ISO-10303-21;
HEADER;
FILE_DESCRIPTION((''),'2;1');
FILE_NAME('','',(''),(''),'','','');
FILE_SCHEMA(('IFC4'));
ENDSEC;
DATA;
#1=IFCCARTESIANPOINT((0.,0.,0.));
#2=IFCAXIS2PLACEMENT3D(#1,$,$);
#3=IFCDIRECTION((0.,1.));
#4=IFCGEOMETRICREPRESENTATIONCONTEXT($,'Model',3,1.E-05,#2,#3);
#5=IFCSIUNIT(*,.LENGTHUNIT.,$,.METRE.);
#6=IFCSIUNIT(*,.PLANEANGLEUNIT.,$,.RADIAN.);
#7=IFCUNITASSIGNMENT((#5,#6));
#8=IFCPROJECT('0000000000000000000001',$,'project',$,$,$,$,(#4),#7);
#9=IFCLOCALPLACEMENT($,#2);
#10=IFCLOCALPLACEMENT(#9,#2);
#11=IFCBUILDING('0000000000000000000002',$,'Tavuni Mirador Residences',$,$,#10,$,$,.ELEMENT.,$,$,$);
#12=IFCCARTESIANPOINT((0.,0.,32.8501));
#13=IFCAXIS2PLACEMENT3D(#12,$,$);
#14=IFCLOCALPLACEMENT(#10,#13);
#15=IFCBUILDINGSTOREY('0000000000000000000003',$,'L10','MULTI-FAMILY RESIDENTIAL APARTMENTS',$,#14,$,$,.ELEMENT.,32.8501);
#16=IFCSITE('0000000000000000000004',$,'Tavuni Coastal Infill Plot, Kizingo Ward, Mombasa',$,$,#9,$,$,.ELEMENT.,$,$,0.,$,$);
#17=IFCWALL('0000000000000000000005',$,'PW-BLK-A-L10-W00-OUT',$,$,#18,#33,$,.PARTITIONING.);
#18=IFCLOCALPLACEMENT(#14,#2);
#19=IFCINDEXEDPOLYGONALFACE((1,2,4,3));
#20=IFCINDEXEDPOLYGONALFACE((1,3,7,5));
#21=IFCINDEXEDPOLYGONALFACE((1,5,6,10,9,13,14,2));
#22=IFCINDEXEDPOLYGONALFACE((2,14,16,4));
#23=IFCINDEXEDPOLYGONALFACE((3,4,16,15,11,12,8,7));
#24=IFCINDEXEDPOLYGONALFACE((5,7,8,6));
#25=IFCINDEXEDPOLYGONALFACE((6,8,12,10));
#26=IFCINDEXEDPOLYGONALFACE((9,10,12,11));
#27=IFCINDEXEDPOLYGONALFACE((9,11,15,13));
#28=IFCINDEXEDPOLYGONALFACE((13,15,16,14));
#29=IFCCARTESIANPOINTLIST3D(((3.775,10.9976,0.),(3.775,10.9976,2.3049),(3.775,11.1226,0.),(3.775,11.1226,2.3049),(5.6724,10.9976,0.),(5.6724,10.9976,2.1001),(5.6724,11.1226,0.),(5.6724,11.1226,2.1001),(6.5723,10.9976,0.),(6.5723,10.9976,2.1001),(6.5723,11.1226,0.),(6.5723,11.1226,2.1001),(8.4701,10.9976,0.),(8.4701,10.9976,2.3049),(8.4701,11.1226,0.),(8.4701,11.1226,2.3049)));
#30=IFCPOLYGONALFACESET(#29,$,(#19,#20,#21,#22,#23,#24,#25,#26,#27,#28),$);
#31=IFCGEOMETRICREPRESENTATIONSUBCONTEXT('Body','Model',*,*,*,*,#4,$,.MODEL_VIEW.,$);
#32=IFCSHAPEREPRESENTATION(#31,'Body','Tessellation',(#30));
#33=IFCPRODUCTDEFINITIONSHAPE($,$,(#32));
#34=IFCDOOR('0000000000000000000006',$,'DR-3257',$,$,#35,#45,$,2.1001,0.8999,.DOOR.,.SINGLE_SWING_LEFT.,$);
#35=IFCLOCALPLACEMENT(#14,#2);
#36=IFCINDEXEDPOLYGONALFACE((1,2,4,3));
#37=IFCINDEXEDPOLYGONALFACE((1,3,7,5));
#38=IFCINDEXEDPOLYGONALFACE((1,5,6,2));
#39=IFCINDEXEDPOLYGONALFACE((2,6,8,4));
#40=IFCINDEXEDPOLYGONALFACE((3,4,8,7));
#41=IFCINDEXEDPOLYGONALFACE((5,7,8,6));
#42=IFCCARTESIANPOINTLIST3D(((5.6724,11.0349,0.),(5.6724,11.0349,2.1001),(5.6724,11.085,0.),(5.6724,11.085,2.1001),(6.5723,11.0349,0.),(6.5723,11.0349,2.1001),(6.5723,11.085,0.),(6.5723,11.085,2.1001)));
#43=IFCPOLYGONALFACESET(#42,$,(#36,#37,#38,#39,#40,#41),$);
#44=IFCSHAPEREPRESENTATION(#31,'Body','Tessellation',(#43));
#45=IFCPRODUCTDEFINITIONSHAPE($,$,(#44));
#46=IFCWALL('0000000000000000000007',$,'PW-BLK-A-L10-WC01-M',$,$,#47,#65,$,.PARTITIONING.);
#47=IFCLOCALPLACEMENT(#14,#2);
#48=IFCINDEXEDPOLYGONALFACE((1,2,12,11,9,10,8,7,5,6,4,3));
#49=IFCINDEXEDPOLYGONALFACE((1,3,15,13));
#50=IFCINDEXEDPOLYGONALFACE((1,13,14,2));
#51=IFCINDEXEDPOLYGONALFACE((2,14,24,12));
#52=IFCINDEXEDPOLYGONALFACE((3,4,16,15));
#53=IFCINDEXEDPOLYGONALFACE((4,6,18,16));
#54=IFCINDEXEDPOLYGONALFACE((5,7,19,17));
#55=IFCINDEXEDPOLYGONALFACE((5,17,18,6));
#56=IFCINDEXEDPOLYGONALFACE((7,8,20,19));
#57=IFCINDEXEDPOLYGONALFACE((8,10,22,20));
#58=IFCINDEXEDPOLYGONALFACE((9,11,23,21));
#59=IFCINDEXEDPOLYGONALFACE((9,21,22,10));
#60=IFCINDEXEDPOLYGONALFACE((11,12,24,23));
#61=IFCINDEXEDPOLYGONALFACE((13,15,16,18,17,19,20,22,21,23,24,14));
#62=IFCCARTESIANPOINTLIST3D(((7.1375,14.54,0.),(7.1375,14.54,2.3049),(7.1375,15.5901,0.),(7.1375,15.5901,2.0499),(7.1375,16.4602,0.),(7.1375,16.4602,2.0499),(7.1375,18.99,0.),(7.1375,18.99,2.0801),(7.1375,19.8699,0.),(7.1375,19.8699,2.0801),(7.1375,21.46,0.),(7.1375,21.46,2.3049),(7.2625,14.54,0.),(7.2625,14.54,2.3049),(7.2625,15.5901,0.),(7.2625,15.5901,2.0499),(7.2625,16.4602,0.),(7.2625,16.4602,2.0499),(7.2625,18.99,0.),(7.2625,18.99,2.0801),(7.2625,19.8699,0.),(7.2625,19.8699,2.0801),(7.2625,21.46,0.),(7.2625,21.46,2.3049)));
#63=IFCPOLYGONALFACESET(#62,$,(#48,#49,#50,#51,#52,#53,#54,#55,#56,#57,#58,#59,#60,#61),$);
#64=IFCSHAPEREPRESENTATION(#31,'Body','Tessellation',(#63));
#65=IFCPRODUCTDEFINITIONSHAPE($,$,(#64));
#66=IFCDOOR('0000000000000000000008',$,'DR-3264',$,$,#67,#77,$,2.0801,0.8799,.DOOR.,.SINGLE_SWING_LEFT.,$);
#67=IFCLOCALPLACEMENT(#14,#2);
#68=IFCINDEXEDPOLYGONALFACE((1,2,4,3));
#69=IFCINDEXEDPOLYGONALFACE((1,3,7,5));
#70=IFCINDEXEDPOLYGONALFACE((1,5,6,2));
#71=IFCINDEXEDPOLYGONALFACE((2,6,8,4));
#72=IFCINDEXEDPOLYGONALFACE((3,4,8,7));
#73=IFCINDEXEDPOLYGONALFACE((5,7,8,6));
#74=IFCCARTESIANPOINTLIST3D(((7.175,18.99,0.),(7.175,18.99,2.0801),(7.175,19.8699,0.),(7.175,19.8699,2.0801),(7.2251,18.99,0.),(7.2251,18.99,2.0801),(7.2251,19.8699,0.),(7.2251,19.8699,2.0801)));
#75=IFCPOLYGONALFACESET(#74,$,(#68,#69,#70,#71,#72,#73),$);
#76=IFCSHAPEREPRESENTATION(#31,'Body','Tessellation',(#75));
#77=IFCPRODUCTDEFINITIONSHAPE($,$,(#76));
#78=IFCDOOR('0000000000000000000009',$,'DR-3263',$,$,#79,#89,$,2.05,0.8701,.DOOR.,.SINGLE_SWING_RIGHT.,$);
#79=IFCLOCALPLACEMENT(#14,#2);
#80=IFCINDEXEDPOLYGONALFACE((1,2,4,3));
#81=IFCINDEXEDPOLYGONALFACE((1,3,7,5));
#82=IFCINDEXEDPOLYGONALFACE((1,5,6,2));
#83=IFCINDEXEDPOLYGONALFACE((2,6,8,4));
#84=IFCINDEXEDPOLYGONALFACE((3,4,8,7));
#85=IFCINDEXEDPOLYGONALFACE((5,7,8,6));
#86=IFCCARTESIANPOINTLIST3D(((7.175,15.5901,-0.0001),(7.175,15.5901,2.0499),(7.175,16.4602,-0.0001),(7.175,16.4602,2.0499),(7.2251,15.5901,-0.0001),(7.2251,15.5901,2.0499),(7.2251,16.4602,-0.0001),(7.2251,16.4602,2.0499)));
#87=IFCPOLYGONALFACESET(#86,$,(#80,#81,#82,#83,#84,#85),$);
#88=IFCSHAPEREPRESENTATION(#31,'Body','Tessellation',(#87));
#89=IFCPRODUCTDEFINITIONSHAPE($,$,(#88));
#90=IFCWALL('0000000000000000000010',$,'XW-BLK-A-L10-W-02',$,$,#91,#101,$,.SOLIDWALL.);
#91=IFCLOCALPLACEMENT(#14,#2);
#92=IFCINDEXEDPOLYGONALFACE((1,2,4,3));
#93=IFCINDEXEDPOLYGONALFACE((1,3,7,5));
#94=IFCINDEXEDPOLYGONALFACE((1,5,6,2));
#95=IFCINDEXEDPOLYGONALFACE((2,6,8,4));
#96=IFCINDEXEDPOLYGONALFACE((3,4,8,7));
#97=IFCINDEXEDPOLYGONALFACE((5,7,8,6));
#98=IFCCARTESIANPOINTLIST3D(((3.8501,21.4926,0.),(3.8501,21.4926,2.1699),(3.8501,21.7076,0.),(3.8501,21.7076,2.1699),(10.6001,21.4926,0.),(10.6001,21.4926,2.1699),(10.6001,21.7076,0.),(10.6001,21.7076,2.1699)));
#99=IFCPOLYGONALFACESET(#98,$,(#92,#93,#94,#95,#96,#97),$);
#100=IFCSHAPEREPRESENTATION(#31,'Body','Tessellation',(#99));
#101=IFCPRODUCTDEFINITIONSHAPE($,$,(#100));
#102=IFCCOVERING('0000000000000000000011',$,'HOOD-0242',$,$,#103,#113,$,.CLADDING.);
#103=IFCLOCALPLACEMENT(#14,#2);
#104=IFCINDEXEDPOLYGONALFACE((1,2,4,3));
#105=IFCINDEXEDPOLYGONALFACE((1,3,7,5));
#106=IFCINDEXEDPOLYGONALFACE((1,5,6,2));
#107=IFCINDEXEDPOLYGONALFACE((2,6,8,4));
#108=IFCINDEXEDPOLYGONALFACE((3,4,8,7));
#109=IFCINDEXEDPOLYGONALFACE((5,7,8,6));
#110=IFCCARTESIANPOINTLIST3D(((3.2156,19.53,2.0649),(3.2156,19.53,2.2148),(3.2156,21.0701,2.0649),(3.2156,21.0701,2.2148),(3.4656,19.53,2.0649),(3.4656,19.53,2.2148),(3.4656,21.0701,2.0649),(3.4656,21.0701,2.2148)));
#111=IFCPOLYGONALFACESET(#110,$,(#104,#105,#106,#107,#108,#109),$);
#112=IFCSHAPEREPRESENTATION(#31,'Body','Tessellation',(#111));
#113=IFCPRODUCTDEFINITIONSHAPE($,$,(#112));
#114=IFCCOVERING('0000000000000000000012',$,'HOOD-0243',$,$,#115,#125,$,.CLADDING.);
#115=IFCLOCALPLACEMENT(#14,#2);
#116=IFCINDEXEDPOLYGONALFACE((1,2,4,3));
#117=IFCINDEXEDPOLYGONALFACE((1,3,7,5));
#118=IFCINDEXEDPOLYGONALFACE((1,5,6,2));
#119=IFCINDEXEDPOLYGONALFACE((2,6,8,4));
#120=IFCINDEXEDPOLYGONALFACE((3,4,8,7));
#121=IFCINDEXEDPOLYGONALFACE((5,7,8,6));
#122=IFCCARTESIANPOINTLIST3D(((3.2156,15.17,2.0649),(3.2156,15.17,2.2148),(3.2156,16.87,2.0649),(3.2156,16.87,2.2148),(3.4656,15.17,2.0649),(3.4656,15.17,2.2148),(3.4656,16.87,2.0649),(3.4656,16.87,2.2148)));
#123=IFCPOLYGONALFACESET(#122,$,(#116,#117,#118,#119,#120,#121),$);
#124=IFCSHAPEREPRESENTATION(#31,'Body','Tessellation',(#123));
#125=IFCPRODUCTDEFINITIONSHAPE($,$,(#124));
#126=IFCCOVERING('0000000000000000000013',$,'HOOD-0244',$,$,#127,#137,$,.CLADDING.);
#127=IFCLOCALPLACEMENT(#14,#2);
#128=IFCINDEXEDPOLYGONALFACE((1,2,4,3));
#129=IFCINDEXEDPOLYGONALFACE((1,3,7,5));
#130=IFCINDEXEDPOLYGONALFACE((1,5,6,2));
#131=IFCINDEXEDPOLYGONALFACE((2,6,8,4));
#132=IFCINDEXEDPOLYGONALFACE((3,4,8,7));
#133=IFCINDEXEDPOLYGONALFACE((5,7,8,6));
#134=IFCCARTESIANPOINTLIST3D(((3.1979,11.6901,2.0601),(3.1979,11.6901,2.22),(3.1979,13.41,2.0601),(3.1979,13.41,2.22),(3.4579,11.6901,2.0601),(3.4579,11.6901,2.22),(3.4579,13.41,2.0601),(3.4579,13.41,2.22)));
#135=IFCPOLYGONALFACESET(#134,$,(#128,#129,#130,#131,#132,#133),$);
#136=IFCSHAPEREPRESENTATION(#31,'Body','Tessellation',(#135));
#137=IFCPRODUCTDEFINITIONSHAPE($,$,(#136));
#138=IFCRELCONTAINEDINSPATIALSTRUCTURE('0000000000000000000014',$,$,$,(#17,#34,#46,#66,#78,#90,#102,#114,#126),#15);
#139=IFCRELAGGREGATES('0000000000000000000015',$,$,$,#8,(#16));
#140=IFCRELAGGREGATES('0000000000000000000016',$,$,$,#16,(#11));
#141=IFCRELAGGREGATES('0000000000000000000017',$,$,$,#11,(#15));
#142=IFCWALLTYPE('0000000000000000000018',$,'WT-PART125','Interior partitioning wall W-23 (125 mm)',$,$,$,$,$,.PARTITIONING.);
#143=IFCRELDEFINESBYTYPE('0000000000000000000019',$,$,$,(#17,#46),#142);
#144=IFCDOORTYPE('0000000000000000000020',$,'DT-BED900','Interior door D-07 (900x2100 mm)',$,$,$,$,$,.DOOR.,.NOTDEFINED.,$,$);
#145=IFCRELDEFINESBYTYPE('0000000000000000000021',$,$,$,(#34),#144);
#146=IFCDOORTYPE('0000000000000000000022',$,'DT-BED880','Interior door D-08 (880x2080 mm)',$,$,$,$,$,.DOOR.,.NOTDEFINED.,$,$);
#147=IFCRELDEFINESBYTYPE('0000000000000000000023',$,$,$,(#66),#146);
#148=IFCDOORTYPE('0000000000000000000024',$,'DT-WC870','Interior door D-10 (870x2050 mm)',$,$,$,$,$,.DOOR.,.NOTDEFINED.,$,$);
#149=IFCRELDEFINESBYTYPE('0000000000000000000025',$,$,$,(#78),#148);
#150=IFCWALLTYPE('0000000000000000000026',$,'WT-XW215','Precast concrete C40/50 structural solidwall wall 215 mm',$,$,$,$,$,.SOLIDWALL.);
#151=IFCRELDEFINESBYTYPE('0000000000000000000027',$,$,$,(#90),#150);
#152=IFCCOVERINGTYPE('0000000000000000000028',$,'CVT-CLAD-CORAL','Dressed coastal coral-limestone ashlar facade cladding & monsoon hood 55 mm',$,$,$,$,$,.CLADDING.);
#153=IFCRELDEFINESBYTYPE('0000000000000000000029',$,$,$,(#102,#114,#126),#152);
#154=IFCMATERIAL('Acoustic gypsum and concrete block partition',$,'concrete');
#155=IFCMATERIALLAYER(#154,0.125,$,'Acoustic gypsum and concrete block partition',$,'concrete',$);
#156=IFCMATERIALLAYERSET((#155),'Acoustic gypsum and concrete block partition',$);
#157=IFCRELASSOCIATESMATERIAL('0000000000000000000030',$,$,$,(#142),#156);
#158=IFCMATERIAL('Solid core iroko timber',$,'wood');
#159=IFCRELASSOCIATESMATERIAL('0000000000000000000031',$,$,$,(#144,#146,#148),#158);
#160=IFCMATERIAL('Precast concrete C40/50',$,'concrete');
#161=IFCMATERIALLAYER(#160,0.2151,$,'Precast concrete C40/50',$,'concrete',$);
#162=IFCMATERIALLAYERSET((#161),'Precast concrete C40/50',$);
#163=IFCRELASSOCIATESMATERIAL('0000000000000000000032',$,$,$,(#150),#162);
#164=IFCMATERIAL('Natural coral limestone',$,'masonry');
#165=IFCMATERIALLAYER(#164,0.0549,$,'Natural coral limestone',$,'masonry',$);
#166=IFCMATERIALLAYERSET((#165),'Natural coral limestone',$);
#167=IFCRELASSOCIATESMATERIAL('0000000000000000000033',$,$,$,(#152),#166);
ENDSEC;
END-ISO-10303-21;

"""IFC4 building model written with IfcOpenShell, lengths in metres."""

from ifc_helpers import new_model, si_unit, direction, frame, frame_2d, origin, origin_2d, place, context, subcontext, project, spatial, rectangle, extrude, material, layer, layer_set, type_object, element, fill, save


model = new_model("IFC4")

# Units and contexts
model_context = context("Model", 3, precision=1e-05, world=origin(), true_north=direction((0.0, 1.0)))
body_context = subcontext(model_context, "Body", "Model", "MODEL_VIEW")
ifc_project = project(units=[si_unit("LENGTHUNIT", "METRE"), si_unit("PLANEANGLEUNIT", "RADIAN")], contexts=[model_context])

# Site, building, storey
site_placement = place(None, origin())
site = spatial("IfcSite", under=ifc_project, at=site_placement, Name="Tavuni Coastal Infill Plot, Kizingo Ward, Mombasa", CompositionType="ELEMENT", RefElevation=0.0)
building_placement = place(site_placement, origin())
building = spatial("IfcBuilding", under=site, at=building_placement, Name="Tavuni Mirador Residences", CompositionType="ELEMENT")
storey_placement = place(building_placement, frame((0.0, 0.0, 32.8501)))
storey = spatial("IfcBuildingStorey", under=building, at=storey_placement, Name="L10", Description="MULTI-FAMILY RESIDENTIAL APARTMENTS", CompositionType="ELEMENT", Elevation=32.8501)

# Shared definitions
ifc_material_1 = material(Name="Precast concrete C40/50", Category="concrete")

# Shared definitions
ifc_material_2 = material(Name="Acoustic gypsum and concrete block partition", Category="concrete")
ifc_material_3 = material(Name="Solid core iroko timber", Category="wood")

# Wall, opening, door
ifc_layer_1 = layer(ifc_material_2, 0.125, Name="Acoustic gypsum and concrete block partition", Category="concrete")
ifc_layer_set_1 = layer_set([ifc_layer_1], Name="Acoustic gypsum and concrete block partition")
wall_type_1 = type_object("IfcWallType", Name="WT-PART125", Description="Interior partitioning wall W-23 (125 mm)", PredefinedType="PARTITIONING", material=ifc_layer_set_1)
wall_1_placement = place(storey_placement, frame((3.7749, 11.0601, 0.0), z_axis=(0.0, 0.0, 1.0), x_axis=(1.0, 0.0, 0.0)))
wall_1 = element("IfcWall", 1, at=wall_1_placement, inside=storey, type_object=wall_type_1, Name="PW-BLK-A-L10-W00-OUT", PredefinedType="PARTITIONING", context=body_context, shape_type="SweptSolid", body=[
    extrude(rectangle(XDim=4.6951, YDim=0.125, at=frame_2d((2.3477, 0.0))), origin(), (0.0, 0.0, 1.0), 2.3049),
])
opening_1_placement = place(wall_1_placement, frame((1.8975, 0.0, 0.0)))
opening_1 = element("IfcOpeningElement", 2, at=opening_1_placement, cuts=wall_1, PredefinedType="OPENING", context=body_context, shape_type="SweptSolid", body=[
    extrude(rectangle(XDim=0.8999, YDim=2.1001, at=frame_2d((0.45, 1.05))), frame((0.0, 0.0725, 0.0), z_axis=(0.0, -1.0, 0.0), x_axis=(1.0, 0.0, 0.0)), (0.0, 0.0, 1.0), 0.145),
])
door_type_1 = type_object("IfcDoorType", Name="DT-BED900", Description="Interior door D-07 (900x2100 mm)", OperationType="NOTDEFINED", PredefinedType="DOOR", material=ifc_material_3)
door_1_placement = place(opening_1_placement, origin())
door_1 = element("IfcDoor", 3, at=door_1_placement, inside=storey, type_object=door_type_1, Name="DR-3257", OperationType="SINGLE_SWING_LEFT", OverallHeight=2.1001, OverallWidth=0.8999, PredefinedType="DOOR", context=body_context, shape_type="SweptSolid", body=[
    extrude(rectangle(XDim=0.8999, YDim=2.1001, at=frame_2d((0.45, 1.05))), frame((0.0, 0.0249, 0.0), z_axis=(0.0, -1.0, 0.0), x_axis=(1.0, 0.0, 0.0)), (0.0, 0.0, 1.0), 0.05),
])
fill(opening_1, door_1)

# Wall, openings, doors
wall_2_placement = place(storey_placement, frame((7.2, 14.54, 0.0), z_axis=(0.0, 0.0, 1.0), x_axis=(0.0, 1.0, 0.0)))
wall_2 = element("IfcWall", 4, at=wall_2_placement, inside=storey, type_object=wall_type_1, Name="PW-BLK-A-L10-WC01-M", PredefinedType="PARTITIONING", context=body_context, shape_type="SweptSolid", body=[
    extrude(rectangle(XDim=6.9199, YDim=0.125, at=frame_2d((3.46, 0.0))), origin(), (0.0, 0.0, 1.0), 2.3049),
])
opening_2_placement = place(wall_2_placement, frame((1.05, 0.0, 0.0)))
opening_2 = element("IfcOpeningElement", 5, at=opening_2_placement, cuts=wall_2, PredefinedType="OPENING", context=body_context, shape_type="SweptSolid", body=[
    extrude(rectangle(XDim=0.8701, YDim=2.05, at=frame_2d((0.4351, 1.0249))), frame((0.0, 0.0725, 0.0), z_axis=(0.0, -1.0, 0.0), x_axis=(1.0, 0.0, 0.0)), (0.0, 0.0, 1.0), 0.145),
])
opening_3_placement = place(wall_2_placement, frame((4.45, 0.0, 0.0)))
opening_3 = element("IfcOpeningElement", 6, at=opening_3_placement, cuts=wall_2, PredefinedType="OPENING", context=body_context, shape_type="SweptSolid", body=[
    extrude(rectangle(XDim=0.8799, YDim=2.0801, at=frame_2d((0.4399, 1.04))), frame((0.0, 0.0725, 0.0), z_axis=(0.0, -1.0, 0.0), x_axis=(1.0, 0.0, 0.0)), (0.0, 0.0, 1.0), 0.145),
])
door_type_2 = type_object("IfcDoorType", Name="DT-BED880", Description="Interior door D-08 (880x2080 mm)", OperationType="NOTDEFINED", PredefinedType="DOOR", material=ifc_material_3)
door_2_placement = place(opening_3_placement, origin())
door_2 = element("IfcDoor", 7, at=door_2_placement, inside=storey, type_object=door_type_2, Name="DR-3264", OperationType="SINGLE_SWING_LEFT", OverallHeight=2.0801, OverallWidth=0.8799, PredefinedType="DOOR", context=body_context, shape_type="SweptSolid", body=[
    extrude(rectangle(XDim=0.8799, YDim=2.0801, at=frame_2d((0.4399, 1.04))), frame((0.0, 0.0249, 0.0), z_axis=(0.0, -1.0, 0.0), x_axis=(1.0, 0.0, 0.0)), (0.0, 0.0, 1.0), 0.05),
])
fill(opening_3, door_2)
door_type_3 = type_object("IfcDoorType", Name="DT-WC870", Description="Interior door D-10 (870x2050 mm)", OperationType="NOTDEFINED", PredefinedType="DOOR", material=ifc_material_3)
door_3_placement = place(opening_2_placement, origin())
door_3 = element("IfcDoor", 8, at=door_3_placement, inside=storey, type_object=door_type_3, Name="DR-3263", OperationType="SINGLE_SWING_RIGHT", OverallHeight=2.05, OverallWidth=0.8701, PredefinedType="DOOR", context=body_context, shape_type="SweptSolid", body=[
    extrude(rectangle(XDim=0.8701, YDim=2.05, at=frame_2d((0.4351, 1.0249))), frame((0.0, 0.0249, 0.0), z_axis=(0.0, -1.0, 0.0), x_axis=(1.0, 0.0, 0.0)), (0.0, 0.0, 1.0), 0.05),
])
fill(opening_2, door_3)

# Shared definitions
ifc_layer_2 = layer(ifc_material_1, 0.2151, Name="Precast concrete C40/50", Category="concrete")
ifc_layer_set_2 = layer_set([ifc_layer_2], Name="Precast concrete C40/50")
wall_type_2 = type_object("IfcWallType", Name="WT-XW215", Description="Precast concrete C40/50 structural solidwall wall 215 mm", PredefinedType="SOLIDWALL", material=ifc_layer_set_2)

# Wall
wall_3_placement = place(storey_placement, frame((3.8501, 21.6001, 0.0), z_axis=(0.0, 0.0, 1.0), x_axis=(1.0, 0.0, 0.0)))
element("IfcWall", 9, at=wall_3_placement, inside=storey, type_object=wall_type_2, Name="XW-BLK-A-L10-W-02", PredefinedType="SOLIDWALL", context=body_context, shape_type="SweptSolid", body=[
    extrude(rectangle(XDim=6.75, YDim=0.2151, at=frame_2d((3.375, 0.0))), origin(), (0.0, 0.0, 1.0), 2.1699),
])

# Coverings
ifc_material_4 = material(Name="Natural coral limestone", Category="masonry")
ifc_layer_3 = layer(ifc_material_4, 0.0549, Name="Natural coral limestone", Category="masonry")
ifc_layer_set_3 = layer_set([ifc_layer_3], Name="Natural coral limestone")
covering_type = type_object("IfcCoveringType", Name="CVT-CLAD-CORAL", Description="Dressed coastal coral-limestone ashlar facade cladding & monsoon hood 55 mm", PredefinedType="CLADDING", material=ifc_layer_set_3)
covering_1_placement = place(storey_placement, frame((3.3406, 20.3, 2.0649), z_axis=(0.0, 0.0, 1.0), x_axis=(0.0, -1.0, 0.0)))
element("IfcCovering", 10, at=covering_1_placement, inside=storey, type_object=covering_type, Name="HOOD-0242", PredefinedType="CLADDING", context=body_context, shape_type="SweptSolid", body=[
    extrude(rectangle(XDim=1.54, YDim=0.25, at=origin_2d()), origin(), (0.0, 0.0, 1.0), 0.1499),
])
covering_2_placement = place(storey_placement, frame((3.3406, 16.02, 2.0649), z_axis=(0.0, 0.0, 1.0), x_axis=(0.0, -1.0, 0.0)))
element("IfcCovering", 11, at=covering_2_placement, inside=storey, type_object=covering_type, Name="HOOD-0243", PredefinedType="CLADDING", context=body_context, shape_type="SweptSolid", body=[
    extrude(rectangle(XDim=1.7, YDim=0.25, at=origin_2d()), origin(), (0.0, 0.0, 1.0), 0.1499),
])
covering_3_placement = place(storey_placement, frame((3.3279, 12.55, 2.0601), z_axis=(0.0, 0.0, 1.0), x_axis=(0.0, -1.0, 0.0)))
element("IfcCovering", 12, at=covering_3_placement, inside=storey, type_object=covering_type, Name="HOOD-0244", PredefinedType="CLADDING", context=body_context, shape_type="SweptSolid", body=[
    extrude(rectangle(XDim=1.72, YDim=0.26, at=origin_2d()), origin(), (0.0, 0.0, 1.0), 0.1599),
])

save(model, "model.ifc")
